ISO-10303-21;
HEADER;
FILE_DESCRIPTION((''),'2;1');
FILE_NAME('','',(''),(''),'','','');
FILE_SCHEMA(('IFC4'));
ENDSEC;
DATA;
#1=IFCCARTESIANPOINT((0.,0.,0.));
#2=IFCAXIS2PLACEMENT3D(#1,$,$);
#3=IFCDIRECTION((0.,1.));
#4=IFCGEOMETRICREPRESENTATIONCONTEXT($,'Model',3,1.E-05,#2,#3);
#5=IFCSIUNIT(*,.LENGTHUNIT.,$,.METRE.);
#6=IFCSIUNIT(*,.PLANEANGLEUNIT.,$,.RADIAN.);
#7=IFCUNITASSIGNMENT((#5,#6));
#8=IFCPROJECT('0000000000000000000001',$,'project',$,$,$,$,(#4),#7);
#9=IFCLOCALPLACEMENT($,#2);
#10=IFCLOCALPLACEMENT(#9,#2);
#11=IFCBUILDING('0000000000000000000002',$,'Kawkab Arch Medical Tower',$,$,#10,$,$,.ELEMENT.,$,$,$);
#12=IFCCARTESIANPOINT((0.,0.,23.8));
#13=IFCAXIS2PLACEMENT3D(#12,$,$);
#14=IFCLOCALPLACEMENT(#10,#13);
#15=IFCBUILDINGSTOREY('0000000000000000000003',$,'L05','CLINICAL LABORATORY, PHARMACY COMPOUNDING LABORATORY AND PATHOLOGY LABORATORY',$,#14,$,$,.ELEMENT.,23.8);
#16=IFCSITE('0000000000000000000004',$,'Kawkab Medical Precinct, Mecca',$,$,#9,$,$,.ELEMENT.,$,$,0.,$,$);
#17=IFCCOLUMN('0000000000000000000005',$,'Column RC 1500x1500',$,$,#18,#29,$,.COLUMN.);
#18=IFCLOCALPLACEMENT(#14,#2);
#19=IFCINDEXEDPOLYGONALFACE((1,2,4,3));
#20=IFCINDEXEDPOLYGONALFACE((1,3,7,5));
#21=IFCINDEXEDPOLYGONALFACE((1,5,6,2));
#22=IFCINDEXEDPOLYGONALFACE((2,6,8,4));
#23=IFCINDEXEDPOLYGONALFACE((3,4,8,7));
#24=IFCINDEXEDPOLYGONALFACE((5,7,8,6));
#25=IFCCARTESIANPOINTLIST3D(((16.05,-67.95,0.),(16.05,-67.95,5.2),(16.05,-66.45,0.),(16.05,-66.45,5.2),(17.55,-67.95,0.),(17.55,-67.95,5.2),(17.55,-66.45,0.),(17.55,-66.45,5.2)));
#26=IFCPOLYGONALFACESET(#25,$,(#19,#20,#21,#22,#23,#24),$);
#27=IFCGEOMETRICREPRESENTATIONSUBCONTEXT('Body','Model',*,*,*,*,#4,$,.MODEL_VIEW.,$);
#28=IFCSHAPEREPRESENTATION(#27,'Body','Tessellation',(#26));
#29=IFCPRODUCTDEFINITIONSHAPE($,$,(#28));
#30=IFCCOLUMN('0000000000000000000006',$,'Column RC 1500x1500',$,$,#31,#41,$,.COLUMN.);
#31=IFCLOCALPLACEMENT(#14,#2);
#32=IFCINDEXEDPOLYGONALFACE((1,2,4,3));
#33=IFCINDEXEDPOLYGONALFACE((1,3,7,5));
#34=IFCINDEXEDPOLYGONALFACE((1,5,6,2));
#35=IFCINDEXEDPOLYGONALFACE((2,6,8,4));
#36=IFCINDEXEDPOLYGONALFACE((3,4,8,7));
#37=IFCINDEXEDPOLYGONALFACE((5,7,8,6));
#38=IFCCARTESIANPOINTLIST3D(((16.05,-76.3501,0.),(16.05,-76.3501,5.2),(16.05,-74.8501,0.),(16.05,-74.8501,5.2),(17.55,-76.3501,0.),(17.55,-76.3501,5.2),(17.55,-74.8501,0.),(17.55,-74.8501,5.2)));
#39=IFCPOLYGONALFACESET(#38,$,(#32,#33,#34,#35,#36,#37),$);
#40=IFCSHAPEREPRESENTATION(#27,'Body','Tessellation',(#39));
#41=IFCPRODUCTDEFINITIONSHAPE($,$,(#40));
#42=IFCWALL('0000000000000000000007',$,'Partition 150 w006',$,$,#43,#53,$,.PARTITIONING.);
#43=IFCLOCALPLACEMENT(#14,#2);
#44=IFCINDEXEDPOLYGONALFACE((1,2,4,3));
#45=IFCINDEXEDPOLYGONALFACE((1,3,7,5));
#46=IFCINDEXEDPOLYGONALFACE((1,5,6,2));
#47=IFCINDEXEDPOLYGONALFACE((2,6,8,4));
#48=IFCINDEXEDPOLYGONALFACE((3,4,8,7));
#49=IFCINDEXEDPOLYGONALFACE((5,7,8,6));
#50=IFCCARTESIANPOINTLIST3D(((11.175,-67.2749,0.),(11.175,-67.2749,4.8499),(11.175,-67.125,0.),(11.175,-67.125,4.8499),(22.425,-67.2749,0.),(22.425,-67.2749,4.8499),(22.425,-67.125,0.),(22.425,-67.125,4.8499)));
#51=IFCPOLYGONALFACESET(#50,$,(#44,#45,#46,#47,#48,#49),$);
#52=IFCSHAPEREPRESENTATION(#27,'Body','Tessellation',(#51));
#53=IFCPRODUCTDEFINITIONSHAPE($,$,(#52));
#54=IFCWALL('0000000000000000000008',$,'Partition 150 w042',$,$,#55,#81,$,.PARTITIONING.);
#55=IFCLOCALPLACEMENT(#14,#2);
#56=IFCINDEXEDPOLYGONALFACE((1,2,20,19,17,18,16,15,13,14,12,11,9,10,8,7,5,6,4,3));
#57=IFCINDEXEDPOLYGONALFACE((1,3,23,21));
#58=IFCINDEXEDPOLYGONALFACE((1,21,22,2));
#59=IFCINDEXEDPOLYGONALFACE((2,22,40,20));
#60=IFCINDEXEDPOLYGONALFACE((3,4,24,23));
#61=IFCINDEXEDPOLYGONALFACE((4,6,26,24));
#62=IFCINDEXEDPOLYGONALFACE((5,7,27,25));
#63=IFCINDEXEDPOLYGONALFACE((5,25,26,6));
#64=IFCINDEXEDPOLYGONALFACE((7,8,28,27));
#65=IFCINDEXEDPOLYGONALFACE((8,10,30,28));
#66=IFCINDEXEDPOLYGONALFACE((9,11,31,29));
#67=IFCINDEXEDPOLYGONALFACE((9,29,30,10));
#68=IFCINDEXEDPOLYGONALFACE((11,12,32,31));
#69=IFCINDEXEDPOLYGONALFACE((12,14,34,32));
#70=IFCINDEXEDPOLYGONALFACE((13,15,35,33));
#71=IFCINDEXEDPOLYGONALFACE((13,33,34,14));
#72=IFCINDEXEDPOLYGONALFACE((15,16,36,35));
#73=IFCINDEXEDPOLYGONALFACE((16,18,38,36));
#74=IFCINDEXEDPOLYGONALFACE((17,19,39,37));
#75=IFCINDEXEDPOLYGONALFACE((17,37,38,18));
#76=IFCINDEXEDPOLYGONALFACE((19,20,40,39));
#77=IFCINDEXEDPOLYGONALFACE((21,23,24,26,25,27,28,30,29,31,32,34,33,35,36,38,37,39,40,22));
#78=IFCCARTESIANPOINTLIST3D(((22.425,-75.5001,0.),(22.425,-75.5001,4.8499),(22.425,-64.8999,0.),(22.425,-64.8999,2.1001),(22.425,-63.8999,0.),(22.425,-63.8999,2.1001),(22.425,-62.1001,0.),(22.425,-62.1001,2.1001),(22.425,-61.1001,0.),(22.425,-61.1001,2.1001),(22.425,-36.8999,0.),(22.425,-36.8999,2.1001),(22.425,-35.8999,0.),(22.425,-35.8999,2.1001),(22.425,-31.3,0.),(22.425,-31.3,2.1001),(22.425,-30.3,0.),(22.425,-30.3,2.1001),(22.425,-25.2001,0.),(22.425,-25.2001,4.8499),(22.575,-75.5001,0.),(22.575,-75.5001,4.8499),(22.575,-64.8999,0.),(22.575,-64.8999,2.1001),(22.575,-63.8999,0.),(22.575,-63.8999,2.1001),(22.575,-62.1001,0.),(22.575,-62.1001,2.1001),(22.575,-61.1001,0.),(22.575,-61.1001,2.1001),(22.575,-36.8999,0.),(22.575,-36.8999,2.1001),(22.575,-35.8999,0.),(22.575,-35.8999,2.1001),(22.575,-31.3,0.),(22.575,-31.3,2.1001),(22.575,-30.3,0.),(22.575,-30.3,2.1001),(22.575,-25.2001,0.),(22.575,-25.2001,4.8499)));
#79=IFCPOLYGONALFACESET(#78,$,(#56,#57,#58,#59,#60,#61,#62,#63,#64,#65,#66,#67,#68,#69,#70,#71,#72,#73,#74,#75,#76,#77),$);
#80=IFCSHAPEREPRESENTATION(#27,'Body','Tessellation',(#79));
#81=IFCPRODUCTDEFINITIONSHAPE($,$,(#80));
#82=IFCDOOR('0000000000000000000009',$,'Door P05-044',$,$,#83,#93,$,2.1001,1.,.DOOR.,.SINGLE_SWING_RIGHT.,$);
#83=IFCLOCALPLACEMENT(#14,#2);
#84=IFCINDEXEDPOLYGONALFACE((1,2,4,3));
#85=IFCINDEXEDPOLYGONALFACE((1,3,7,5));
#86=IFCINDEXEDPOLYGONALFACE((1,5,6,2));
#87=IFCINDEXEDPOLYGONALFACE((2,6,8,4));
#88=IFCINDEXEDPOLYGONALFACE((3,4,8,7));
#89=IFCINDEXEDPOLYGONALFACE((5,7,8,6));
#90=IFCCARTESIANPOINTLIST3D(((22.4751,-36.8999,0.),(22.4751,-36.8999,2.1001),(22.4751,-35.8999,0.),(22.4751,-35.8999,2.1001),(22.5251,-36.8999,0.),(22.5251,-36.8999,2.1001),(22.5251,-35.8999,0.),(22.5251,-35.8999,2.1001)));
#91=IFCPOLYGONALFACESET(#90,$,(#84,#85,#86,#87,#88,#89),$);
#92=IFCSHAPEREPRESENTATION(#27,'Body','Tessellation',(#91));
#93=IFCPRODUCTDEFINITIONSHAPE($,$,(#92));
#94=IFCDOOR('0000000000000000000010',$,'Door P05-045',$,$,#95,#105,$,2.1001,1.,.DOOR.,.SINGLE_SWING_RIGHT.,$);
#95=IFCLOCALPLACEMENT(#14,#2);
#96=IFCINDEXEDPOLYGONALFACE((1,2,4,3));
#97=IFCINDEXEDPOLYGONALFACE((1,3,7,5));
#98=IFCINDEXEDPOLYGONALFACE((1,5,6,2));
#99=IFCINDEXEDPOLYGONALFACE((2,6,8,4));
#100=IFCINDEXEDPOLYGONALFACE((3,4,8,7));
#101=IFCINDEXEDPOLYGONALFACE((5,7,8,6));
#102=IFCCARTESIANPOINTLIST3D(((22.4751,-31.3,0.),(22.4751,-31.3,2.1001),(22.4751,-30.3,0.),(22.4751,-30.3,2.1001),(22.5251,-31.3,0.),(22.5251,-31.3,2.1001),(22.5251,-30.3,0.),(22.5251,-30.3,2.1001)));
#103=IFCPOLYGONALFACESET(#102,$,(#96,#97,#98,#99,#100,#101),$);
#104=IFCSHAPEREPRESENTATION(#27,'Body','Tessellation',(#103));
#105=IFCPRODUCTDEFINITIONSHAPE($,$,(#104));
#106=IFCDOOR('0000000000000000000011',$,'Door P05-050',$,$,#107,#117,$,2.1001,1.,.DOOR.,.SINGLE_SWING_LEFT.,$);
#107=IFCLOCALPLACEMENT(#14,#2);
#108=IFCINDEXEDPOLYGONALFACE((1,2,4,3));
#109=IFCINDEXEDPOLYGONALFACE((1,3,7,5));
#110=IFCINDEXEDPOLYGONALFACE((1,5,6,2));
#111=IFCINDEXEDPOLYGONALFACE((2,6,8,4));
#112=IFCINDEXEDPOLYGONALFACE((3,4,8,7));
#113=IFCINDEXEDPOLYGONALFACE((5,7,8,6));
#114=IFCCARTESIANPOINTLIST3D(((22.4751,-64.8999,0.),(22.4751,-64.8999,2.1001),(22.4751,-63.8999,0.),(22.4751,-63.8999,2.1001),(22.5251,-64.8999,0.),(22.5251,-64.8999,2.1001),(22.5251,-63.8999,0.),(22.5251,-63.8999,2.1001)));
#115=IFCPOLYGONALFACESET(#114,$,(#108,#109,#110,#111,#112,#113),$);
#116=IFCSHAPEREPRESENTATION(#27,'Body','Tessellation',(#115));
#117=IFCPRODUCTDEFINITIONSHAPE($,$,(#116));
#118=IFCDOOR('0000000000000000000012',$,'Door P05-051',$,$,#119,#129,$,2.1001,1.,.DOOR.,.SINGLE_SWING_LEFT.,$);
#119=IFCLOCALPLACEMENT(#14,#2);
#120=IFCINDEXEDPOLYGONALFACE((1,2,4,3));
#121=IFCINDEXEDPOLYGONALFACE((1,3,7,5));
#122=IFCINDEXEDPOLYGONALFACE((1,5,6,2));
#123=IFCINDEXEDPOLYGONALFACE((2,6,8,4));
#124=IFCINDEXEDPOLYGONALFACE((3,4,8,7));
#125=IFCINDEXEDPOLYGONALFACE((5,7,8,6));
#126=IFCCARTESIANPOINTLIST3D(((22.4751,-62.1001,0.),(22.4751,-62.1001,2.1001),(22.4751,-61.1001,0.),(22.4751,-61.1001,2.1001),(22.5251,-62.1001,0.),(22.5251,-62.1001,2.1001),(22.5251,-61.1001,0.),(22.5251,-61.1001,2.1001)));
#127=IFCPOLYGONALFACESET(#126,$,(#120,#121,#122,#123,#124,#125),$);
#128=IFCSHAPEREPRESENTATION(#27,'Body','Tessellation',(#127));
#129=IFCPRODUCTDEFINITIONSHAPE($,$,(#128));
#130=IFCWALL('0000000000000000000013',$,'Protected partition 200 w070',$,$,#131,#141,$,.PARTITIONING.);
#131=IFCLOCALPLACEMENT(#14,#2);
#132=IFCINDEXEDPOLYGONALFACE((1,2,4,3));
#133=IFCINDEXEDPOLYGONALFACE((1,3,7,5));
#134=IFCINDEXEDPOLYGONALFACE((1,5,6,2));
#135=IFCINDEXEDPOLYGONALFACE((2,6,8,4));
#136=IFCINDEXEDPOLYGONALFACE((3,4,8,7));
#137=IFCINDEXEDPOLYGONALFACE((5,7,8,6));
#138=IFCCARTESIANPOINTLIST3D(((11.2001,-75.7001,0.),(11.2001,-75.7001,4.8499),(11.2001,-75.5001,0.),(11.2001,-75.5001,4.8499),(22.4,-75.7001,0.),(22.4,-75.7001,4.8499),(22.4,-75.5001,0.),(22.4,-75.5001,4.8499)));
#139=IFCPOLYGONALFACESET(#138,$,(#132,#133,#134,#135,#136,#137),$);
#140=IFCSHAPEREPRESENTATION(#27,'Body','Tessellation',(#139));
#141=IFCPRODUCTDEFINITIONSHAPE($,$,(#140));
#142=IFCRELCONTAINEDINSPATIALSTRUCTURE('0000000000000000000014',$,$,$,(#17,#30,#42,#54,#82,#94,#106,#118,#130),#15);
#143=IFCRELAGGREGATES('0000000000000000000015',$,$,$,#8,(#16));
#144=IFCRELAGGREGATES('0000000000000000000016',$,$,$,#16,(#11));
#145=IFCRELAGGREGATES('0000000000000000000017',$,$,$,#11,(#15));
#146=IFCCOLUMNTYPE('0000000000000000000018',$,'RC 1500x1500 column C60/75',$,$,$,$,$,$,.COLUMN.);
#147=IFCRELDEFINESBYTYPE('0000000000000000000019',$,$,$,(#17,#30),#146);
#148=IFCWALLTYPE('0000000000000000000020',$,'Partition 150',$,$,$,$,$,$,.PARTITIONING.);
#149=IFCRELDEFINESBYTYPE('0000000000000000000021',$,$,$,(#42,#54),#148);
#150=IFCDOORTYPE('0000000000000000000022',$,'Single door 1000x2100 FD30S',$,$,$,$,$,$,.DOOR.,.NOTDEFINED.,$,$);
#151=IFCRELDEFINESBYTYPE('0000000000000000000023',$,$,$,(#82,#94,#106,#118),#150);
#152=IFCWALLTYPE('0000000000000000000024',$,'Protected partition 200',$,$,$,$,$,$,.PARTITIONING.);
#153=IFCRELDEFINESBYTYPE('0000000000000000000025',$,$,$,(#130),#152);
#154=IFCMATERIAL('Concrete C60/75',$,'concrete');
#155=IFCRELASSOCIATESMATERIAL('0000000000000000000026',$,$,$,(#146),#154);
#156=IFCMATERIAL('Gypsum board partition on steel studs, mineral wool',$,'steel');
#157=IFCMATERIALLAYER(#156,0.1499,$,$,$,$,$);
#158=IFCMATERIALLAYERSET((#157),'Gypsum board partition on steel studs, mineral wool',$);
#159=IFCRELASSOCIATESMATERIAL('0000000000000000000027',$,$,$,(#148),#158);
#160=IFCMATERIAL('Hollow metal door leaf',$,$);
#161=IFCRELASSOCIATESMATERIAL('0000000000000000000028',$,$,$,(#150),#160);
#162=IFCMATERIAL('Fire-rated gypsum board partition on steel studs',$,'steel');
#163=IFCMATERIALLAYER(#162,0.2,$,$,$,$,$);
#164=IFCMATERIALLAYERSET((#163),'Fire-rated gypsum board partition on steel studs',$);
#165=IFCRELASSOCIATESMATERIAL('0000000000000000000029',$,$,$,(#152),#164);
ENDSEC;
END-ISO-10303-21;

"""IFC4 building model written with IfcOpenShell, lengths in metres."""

from ifc_helpers import new_model, si_unit, direction, frame, frame_2d, origin, origin_2d, place, context, subcontext, project, spatial, rectangle, extrude, material, layer, layer_set, material_profile, profile_set, type_object, element, fill, save


model = new_model("IFC4")

# Units and contexts
model_context = context("Model", 3, precision=1e-05, world=origin(), true_north=direction((0.0, 1.0)))
body_context = subcontext(model_context, "Body", "Model", "MODEL_VIEW")
ifc_project = project(units=[si_unit("LENGTHUNIT", "METRE"), si_unit("PLANEANGLEUNIT", "RADIAN")], contexts=[model_context])

# Site, building, storey
site_placement = place(None, origin())
site = spatial("IfcSite", under=ifc_project, at=site_placement, Name="Kawkab Medical Precinct, Mecca", CompositionType="ELEMENT", RefElevation=0.0)
building_placement = place(site_placement, origin())
building = spatial("IfcBuilding", under=site, at=building_placement, Name="Kawkab Arch Medical Tower", CompositionType="ELEMENT")
storey_placement = place(building_placement, frame((0.0, 0.0, 23.8)))
storey = spatial("IfcBuildingStorey", under=building, at=storey_placement, Name="L05", Description="CLINICAL LABORATORY, PHARMACY COMPOUNDING LABORATORY AND PATHOLOGY LABORATORY", CompositionType="ELEMENT", Elevation=23.8)

# Columns
ifc_material_1 = material(Name="Concrete C60/75", Category="concrete")
ifc_material_profile = material_profile(ifc_material_1, rectangle(XDim=1.5, YDim=1.5, at=origin_2d()), Name="RC 1500x1500")
ifc_profile_set = profile_set([ifc_material_profile], Name="Concrete C60/75")
column_type = type_object("IfcColumnType", Name="RC 1500x1500 column C60/75", PredefinedType="COLUMN", material=ifc_profile_set)
for number, where, z_axis, x_axis, name in (
    (1, (16.8, -67.2, 0.0), (0.0, 0.0, 1.0), (1.0, 0.0, 0.0), "Column RC 1500x1500"),
    (2, (16.8, -75.6001, 0.0), (0.0, 0.0, 1.0), (1.0, 0.0, 0.0), "Column RC 1500x1500"),
):
    element("IfcColumn", number, at=place(storey_placement, frame(where, z_axis=z_axis, x_axis=x_axis)), inside=storey, type_object=column_type, Name=name, PredefinedType="COLUMN", context=body_context, shape_type="SweptSolid", body=[
        extrude(rectangle(XDim=1.5, YDim=1.5, at=origin_2d()), origin(), (0.0, 0.0, 1.0), 5.2),
    ])

# Wall
ifc_material_2 = material(Name="Gypsum board partition on steel studs, mineral wool", Category="steel")
ifc_layer_1 = layer(ifc_material_2, 0.1499)
ifc_layer_set_1 = layer_set([ifc_layer_1], Name="Gypsum board partition on steel studs, mineral wool")
wall_type_1 = type_object("IfcWallType", Name="Partition 150", PredefinedType="PARTITIONING", material=ifc_layer_set_1)
wall_1_placement = place(storey_placement, frame((11.175, -67.2, 0.0), z_axis=(0.0, 0.0, 1.0), x_axis=(1.0, 0.0, 0.0)))
element("IfcWall", 3, at=wall_1_placement, inside=storey, type_object=wall_type_1, Name="Partition 150 w006", PredefinedType="PARTITIONING", context=body_context, shape_type="SweptSolid", body=[
    extrude(rectangle(XDim=11.25, YDim=0.1499, at=frame_2d((5.625, 0.0))), origin(), (0.0, 0.0, 1.0), 4.8499),
])

# Wall, openings, doors
wall_2_placement = place(storey_placement, frame((22.5, -75.5, 0.0), z_axis=(0.0, 0.0, 1.0), x_axis=(0.0, 1.0, 0.0)))
wall_2 = element("IfcWall", 4, at=wall_2_placement, inside=storey, type_object=wall_type_1, Name="Partition 150 w042", PredefinedType="PARTITIONING", context=body_context, shape_type="SweptSolid", body=[
    extrude(rectangle(XDim=50.3, YDim=0.1499, at=frame_2d((25.1499, 0.0))), origin(), (0.0, 0.0, 1.0), 4.8499),
])
opening_1_placement = place(wall_2_placement, frame((38.6001, 0.0, 0.0)))
opening_1 = element("IfcOpeningElement", 5, at=opening_1_placement, cuts=wall_2, PredefinedType="OPENING", context=body_context, shape_type="SweptSolid", body=[
    extrude(rectangle(XDim=1.0, YDim=2.1001, at=frame_2d((0.5, 1.05))), frame((0.0, 0.085, 0.0), z_axis=(0.0, -1.0, 0.0), x_axis=(1.0, 0.0, 0.0)), (0.0, 0.0, 1.0), 0.1699),
])
opening_2_placement = place(wall_2_placement, frame((44.2, 0.0, 0.0)))
opening_2 = element("IfcOpeningElement", 6, at=opening_2_placement, cuts=wall_2, PredefinedType="OPENING", context=body_context, shape_type="SweptSolid", body=[
    extrude(rectangle(XDim=1.0, YDim=2.1001, at=frame_2d((0.5, 1.05))), frame((0.0, 0.085, 0.0), z_axis=(0.0, -1.0, 0.0), x_axis=(1.0, 0.0, 0.0)), (0.0, 0.0, 1.0), 0.1699),
])
opening_3_placement = place(wall_2_placement, frame((10.6001, 0.0, 0.0)))
opening_3 = element("IfcOpeningElement", 7, at=opening_3_placement, cuts=wall_2, PredefinedType="OPENING", context=body_context, shape_type="SweptSolid", body=[
    extrude(rectangle(XDim=1.0, YDim=2.1001, at=frame_2d((0.5, 1.05))), frame((0.0, 0.085, 0.0), z_axis=(0.0, -1.0, 0.0), x_axis=(1.0, 0.0, 0.0)), (0.0, 0.0, 1.0), 0.1699),
])
opening_4_placement = place(wall_2_placement, frame((13.3999, 0.0, 0.0)))
opening_4 = element("IfcOpeningElement", 8, at=opening_4_placement, cuts=wall_2, PredefinedType="OPENING", context=body_context, shape_type="SweptSolid", body=[
    extrude(rectangle(XDim=1.0, YDim=2.1001, at=frame_2d((0.5, 1.05))), frame((0.0, 0.085, 0.0), z_axis=(0.0, -1.0, 0.0), x_axis=(1.0, 0.0, 0.0)), (0.0, 0.0, 1.0), 0.1699),
])
ifc_material_3 = material(Name="Hollow metal door leaf")
door_type = type_object("IfcDoorType", Name="Single door 1000x2100 FD30S", OperationType="NOTDEFINED", PredefinedType="DOOR", material=ifc_material_3)
door_1_placement = place(opening_1_placement, origin())
door_1 = element("IfcDoor", 9, at=door_1_placement, inside=storey, type_object=door_type, Name="Door P05-044", OperationType="SINGLE_SWING_RIGHT", OverallHeight=2.1001, OverallWidth=1.0, PredefinedType="DOOR", context=body_context, shape_type="SweptSolid", body=[
    extrude(rectangle(XDim=1.0, YDim=2.1001, at=frame_2d((0.5, 1.05))), frame((0.0, 0.0249, 0.0), z_axis=(0.0, -1.0, 0.0), x_axis=(1.0, 0.0, 0.0)), (0.0, 0.0, 1.0), 0.05),
])
fill(opening_1, door_1)
door_2_placement = place(opening_2_placement, origin())
door_2 = element("IfcDoor", 10, at=door_2_placement, inside=storey, type_object=door_type, Name="Door P05-045", OperationType="SINGLE_SWING_RIGHT", OverallHeight=2.1001, OverallWidth=1.0, PredefinedType="DOOR", context=body_context, shape_type="SweptSolid", body=[
    extrude(rectangle(XDim=1.0, YDim=2.1001, at=frame_2d((0.5, 1.05))), frame((0.0, 0.0249, 0.0), z_axis=(0.0, -1.0, 0.0), x_axis=(1.0, 0.0, 0.0)), (0.0, 0.0, 1.0), 0.05),
])
fill(opening_2, door_2)
door_3_placement = place(opening_3_placement, origin())
door_3 = element("IfcDoor", 11, at=door_3_placement, inside=storey, type_object=door_type, Name="Door P05-050", OperationType="SINGLE_SWING_LEFT", OverallHeight=2.1001, OverallWidth=1.0, PredefinedType="DOOR", context=body_context, shape_type="SweptSolid", body=[
    extrude(rectangle(XDim=1.0, YDim=2.1001, at=frame_2d((0.5, 1.05))), frame((0.0, 0.0249, 0.0), z_axis=(0.0, -1.0, 0.0), x_axis=(1.0, 0.0, 0.0)), (0.0, 0.0, 1.0), 0.05),
])
fill(opening_3, door_3)
door_4_placement = place(opening_4_placement, origin())
door_4 = element("IfcDoor", 12, at=door_4_placement, inside=storey, type_object=door_type, Name="Door P05-051", OperationType="SINGLE_SWING_LEFT", OverallHeight=2.1001, OverallWidth=1.0, PredefinedType="DOOR", context=body_context, shape_type="SweptSolid", body=[
    extrude(rectangle(XDim=1.0, YDim=2.1001, at=frame_2d((0.5, 1.05))), frame((0.0, 0.0249, 0.0), z_axis=(0.0, -1.0, 0.0), x_axis=(1.0, 0.0, 0.0)), (0.0, 0.0, 1.0), 0.05),
])
fill(opening_4, door_4)

# Wall
ifc_material_4 = material(Name="Fire-rated gypsum board partition on steel studs", Category="steel")
ifc_layer_2 = layer(ifc_material_4, 0.2)
ifc_layer_set_2 = layer_set([ifc_layer_2], Name="Fire-rated gypsum board partition on steel studs")
wall_type_2 = type_object("IfcWallType", Name="Protected partition 200", PredefinedType="PARTITIONING", material=ifc_layer_set_2)
wall_3_placement = place(storey_placement, frame((11.2, -75.6001, 0.0), z_axis=(0.0, 0.0, 1.0), x_axis=(1.0, 0.0, 0.0)))
element("IfcWall", 13, at=wall_3_placement, inside=storey, type_object=wall_type_2, Name="Protected partition 200 w070", PredefinedType="PARTITIONING", context=body_context, shape_type="SweptSolid", body=[
    extrude(rectangle(XDim=11.2, YDim=0.2, at=frame_2d((5.6001, 0.0))), origin(), (0.0, 0.0, 1.0), 4.8499),
])

save(model, "model.ifc")
